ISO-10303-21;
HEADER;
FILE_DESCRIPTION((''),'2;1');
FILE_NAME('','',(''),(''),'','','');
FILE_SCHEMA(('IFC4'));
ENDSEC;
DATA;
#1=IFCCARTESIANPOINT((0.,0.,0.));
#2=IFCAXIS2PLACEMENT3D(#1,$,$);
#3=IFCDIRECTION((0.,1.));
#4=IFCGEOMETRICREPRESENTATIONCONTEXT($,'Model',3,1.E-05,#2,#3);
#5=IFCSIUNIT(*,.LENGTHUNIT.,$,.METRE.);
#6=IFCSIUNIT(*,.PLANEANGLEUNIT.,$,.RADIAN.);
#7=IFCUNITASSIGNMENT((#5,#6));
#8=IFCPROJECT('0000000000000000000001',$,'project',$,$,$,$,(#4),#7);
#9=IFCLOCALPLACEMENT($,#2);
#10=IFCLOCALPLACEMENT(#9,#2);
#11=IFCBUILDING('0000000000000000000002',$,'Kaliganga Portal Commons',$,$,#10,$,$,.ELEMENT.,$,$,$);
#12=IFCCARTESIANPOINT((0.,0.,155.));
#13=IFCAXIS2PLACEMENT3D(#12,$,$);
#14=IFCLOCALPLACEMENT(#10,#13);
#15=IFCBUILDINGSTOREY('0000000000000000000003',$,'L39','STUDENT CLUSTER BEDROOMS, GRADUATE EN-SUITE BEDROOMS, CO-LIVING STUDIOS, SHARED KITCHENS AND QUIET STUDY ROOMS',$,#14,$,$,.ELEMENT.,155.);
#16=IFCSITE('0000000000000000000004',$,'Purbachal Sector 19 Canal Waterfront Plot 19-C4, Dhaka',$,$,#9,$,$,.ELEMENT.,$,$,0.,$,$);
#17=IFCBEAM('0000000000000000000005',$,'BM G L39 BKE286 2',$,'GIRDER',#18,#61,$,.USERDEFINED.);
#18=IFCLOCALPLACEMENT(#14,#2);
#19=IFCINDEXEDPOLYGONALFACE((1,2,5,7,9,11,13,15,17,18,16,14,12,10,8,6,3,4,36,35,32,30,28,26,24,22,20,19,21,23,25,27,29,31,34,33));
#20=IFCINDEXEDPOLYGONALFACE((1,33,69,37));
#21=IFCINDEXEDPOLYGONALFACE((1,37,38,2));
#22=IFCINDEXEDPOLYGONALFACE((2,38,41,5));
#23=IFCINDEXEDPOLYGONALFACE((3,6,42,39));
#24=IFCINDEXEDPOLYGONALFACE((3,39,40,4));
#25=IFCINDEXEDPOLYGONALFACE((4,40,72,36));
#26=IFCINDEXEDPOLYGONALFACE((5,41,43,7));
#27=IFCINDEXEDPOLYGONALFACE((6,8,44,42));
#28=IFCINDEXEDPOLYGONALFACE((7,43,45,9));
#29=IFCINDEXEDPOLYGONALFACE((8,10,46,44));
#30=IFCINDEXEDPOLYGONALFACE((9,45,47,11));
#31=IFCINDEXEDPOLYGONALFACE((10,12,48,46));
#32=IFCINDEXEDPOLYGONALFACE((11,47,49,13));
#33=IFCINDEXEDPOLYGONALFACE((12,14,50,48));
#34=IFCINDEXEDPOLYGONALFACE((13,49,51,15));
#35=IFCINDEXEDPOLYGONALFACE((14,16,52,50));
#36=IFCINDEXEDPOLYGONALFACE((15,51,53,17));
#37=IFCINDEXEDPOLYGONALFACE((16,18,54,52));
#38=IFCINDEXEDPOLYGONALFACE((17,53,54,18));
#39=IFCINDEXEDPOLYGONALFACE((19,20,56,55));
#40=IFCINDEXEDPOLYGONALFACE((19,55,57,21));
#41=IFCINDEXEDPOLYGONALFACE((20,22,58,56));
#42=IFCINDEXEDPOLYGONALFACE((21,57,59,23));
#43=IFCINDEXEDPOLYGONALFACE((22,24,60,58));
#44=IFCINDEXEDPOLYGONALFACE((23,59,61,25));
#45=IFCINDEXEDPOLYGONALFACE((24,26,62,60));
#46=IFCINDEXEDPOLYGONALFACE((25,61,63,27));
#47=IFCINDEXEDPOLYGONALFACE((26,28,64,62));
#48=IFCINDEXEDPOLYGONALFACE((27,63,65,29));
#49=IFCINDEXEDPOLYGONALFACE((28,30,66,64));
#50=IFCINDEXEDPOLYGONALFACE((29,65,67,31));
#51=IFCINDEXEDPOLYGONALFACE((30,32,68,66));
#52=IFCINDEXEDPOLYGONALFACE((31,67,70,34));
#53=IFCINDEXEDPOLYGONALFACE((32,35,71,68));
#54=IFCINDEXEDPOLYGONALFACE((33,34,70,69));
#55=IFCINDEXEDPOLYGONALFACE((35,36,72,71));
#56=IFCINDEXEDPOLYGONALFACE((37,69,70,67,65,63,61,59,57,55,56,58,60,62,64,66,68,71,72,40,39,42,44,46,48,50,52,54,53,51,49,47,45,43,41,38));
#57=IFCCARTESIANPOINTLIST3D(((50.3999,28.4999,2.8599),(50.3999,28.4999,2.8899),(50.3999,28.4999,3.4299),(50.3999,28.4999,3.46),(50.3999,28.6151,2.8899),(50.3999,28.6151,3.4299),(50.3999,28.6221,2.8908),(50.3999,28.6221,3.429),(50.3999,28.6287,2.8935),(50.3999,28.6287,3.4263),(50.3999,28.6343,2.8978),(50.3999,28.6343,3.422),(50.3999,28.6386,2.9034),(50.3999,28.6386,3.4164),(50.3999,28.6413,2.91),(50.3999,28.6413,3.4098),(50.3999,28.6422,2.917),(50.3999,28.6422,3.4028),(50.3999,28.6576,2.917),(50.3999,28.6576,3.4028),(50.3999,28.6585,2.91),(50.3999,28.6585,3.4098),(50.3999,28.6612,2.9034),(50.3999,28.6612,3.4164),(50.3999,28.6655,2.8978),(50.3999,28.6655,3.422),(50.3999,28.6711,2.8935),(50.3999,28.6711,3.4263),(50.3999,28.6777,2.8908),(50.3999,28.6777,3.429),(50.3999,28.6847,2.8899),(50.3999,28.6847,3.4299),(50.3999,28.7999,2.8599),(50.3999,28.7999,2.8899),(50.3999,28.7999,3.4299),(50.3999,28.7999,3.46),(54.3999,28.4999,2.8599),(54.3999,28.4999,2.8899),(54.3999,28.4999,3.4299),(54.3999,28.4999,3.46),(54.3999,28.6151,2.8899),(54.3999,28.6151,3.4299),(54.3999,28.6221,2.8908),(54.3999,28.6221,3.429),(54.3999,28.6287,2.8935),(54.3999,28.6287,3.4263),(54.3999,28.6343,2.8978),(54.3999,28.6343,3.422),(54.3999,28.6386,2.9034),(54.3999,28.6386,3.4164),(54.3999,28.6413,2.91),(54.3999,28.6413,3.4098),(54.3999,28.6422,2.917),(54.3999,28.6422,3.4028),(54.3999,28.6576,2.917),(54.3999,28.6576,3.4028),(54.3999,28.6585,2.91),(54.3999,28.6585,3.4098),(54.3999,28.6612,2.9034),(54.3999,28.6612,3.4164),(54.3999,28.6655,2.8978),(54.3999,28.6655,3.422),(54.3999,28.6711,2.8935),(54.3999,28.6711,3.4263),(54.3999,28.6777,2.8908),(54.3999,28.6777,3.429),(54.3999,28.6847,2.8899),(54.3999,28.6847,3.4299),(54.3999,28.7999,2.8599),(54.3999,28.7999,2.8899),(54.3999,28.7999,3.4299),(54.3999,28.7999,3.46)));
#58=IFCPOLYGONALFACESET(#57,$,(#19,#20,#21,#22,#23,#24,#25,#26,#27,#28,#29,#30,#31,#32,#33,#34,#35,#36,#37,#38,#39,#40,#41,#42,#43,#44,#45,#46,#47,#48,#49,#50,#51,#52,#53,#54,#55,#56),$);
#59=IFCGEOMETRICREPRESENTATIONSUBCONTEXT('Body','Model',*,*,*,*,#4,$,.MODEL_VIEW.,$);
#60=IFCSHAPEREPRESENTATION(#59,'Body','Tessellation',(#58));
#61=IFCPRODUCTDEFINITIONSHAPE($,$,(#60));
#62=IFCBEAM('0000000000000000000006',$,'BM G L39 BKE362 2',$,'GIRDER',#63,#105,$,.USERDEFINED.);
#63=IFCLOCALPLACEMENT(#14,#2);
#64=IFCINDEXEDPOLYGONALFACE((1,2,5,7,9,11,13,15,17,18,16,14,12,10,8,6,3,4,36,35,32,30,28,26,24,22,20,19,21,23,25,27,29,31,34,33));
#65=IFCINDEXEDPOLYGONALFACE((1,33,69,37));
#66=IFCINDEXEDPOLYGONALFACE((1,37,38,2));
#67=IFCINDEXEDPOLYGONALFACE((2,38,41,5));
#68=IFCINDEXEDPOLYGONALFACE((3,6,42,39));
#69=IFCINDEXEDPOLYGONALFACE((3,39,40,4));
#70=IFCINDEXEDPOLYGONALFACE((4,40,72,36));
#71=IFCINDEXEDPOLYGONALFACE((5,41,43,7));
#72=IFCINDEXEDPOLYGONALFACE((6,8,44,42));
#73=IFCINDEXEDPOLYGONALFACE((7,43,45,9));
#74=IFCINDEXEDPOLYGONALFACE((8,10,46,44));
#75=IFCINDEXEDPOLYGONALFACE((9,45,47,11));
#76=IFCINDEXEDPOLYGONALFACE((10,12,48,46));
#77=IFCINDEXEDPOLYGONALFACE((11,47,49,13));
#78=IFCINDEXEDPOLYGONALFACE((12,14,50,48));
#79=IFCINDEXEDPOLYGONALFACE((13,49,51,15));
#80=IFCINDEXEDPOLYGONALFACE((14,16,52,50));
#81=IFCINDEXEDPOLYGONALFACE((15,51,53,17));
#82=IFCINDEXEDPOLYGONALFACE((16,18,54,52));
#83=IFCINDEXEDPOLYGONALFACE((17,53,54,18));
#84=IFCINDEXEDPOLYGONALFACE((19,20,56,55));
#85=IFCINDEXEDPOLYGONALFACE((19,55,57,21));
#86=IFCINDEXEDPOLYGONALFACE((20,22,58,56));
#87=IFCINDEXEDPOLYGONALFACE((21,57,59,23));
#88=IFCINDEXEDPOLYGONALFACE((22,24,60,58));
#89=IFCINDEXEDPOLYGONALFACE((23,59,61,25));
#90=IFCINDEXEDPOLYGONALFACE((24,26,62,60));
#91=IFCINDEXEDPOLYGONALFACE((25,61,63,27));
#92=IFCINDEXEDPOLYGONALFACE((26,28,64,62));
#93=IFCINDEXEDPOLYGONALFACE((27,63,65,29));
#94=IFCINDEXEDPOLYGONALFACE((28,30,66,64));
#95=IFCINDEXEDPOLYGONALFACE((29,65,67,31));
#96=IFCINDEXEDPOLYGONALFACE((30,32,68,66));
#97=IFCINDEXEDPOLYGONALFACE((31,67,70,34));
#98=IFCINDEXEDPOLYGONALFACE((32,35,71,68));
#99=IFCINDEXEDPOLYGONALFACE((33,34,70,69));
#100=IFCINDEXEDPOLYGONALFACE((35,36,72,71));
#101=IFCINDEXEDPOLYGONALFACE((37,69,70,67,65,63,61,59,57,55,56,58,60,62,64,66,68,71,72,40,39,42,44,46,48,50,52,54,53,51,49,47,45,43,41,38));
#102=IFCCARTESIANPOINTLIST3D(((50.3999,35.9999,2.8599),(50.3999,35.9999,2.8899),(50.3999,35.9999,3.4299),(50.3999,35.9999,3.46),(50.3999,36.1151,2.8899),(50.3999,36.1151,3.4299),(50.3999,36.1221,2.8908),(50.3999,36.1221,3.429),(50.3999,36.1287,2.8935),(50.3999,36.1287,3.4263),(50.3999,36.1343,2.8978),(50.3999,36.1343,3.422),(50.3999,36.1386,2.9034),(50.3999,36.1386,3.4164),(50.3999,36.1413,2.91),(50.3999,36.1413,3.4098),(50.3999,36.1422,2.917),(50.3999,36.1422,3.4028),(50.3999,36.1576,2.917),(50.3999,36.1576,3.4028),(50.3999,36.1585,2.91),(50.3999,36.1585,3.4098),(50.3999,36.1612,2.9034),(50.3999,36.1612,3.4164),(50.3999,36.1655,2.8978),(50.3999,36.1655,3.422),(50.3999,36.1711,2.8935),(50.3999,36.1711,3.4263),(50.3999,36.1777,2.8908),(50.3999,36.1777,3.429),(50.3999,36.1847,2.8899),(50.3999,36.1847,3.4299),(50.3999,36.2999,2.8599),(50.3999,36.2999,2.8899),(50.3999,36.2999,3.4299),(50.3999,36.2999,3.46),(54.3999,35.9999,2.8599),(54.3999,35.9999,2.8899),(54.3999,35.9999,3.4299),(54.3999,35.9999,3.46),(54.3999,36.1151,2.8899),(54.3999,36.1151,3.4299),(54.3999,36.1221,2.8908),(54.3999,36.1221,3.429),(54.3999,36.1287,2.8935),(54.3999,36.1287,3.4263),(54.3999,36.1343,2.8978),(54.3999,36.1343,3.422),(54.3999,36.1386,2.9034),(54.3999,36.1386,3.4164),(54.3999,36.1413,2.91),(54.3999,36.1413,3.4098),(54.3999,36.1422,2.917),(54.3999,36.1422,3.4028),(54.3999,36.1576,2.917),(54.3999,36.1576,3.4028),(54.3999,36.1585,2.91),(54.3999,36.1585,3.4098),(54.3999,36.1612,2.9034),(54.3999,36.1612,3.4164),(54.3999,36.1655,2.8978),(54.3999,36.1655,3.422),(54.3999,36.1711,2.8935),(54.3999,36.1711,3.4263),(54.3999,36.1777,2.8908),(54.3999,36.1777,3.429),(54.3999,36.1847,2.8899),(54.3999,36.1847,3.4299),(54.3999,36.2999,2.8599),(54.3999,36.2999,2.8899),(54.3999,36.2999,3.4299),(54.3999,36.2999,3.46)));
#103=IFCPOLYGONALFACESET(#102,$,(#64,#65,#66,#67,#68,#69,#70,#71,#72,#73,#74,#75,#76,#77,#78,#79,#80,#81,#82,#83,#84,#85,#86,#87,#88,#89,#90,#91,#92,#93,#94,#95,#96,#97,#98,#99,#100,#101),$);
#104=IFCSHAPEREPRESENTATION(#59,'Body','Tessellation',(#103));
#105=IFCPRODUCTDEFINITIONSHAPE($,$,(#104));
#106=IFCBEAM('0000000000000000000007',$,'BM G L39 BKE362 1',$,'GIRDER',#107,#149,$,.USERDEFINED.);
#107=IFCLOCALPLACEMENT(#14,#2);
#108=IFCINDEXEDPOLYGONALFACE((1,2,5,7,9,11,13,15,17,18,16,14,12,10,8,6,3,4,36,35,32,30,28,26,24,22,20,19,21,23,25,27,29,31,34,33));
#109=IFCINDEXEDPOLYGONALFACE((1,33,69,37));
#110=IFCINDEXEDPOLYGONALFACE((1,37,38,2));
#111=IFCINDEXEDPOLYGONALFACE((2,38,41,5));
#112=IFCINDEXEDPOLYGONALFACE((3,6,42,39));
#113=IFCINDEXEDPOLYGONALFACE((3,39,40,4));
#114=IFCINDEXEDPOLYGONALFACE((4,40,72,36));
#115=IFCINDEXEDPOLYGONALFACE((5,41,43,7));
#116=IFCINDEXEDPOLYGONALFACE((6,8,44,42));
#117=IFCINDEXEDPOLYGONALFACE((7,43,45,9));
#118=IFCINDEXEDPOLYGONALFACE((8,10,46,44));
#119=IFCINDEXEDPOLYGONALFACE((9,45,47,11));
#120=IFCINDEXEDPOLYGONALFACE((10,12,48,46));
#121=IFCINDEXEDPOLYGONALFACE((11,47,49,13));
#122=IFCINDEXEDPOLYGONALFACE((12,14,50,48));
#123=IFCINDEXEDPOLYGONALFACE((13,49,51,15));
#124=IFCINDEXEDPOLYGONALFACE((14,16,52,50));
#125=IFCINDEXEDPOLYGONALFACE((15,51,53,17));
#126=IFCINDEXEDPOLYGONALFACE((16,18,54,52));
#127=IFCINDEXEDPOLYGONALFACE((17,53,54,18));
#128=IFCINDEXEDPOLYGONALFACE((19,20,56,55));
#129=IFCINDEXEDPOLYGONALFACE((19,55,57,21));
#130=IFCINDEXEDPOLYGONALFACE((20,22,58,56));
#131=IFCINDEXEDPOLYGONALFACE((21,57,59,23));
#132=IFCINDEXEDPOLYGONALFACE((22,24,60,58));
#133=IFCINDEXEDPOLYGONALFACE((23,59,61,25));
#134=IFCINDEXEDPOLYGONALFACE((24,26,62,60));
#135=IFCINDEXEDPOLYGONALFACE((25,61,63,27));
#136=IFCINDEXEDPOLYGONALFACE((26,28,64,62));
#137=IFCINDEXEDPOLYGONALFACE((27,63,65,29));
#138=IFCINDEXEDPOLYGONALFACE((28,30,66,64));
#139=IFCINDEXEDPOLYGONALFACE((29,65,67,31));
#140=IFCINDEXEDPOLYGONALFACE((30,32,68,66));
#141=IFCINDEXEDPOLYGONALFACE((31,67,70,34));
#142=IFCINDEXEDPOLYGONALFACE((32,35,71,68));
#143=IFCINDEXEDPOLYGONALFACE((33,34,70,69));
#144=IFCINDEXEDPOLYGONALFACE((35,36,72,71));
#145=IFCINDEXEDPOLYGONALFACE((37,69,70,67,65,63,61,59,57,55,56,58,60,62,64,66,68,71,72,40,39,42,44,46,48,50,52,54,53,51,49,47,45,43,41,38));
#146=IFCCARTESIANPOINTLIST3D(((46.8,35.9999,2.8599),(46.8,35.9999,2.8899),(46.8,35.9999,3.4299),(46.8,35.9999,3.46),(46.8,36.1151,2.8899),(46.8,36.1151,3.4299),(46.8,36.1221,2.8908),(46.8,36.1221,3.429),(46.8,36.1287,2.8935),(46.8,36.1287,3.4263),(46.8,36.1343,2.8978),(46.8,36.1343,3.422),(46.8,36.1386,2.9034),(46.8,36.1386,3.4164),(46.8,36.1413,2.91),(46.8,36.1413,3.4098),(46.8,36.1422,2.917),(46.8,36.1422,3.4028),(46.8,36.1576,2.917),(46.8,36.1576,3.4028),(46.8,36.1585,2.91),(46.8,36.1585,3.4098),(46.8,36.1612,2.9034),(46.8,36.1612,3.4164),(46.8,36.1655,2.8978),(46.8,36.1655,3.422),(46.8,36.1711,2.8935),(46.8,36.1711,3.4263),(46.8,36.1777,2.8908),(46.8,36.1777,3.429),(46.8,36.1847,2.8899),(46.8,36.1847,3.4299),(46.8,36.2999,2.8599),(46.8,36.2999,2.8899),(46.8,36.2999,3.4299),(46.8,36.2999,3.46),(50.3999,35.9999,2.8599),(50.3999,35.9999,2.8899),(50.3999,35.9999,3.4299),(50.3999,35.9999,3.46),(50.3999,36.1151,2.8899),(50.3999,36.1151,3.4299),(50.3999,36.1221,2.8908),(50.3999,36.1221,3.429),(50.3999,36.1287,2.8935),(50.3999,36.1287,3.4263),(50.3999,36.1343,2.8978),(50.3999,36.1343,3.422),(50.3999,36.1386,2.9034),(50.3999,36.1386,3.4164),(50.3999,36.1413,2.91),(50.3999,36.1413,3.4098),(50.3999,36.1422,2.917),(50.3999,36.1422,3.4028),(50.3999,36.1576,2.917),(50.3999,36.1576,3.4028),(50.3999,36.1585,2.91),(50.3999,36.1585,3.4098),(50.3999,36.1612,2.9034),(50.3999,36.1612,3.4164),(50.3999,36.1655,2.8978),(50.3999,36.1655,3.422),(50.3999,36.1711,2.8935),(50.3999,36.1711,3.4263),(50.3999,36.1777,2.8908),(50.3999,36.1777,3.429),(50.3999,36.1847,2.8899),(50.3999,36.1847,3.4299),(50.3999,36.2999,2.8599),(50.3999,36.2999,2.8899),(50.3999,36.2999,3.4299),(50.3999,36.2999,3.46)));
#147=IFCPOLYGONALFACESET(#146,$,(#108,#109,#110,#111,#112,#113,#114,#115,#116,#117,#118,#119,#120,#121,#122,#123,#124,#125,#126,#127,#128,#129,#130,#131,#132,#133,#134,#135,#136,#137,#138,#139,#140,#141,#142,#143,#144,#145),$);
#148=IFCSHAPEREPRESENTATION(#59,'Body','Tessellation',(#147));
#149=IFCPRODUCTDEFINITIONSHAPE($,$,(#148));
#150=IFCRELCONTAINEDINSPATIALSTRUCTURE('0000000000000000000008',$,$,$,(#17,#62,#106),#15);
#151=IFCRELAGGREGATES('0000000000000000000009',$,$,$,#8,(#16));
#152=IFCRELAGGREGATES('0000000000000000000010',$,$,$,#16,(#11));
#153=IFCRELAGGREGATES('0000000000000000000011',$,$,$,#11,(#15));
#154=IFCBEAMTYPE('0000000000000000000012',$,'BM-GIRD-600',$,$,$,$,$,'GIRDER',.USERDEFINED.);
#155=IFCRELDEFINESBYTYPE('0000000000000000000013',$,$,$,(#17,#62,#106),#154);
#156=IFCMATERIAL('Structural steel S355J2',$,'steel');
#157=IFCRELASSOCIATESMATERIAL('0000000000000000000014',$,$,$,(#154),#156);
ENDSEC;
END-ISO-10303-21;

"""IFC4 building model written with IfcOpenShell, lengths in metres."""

from ifc_helpers import new_model, si_unit, direction, frame, origin, origin_2d, place, context, subcontext, project, spatial, i_section, extrude, source, transform, mapped, material, material_profile, profile_set, type_object, element, save


model = new_model("IFC4")

# Units and contexts
model_context = context("Model", 3, precision=1e-05, world=origin(), true_north=direction((0.0, 1.0)))
body_context = subcontext(model_context, "Body", "Model", "MODEL_VIEW")
ifc_project = project(units=[si_unit("LENGTHUNIT", "METRE"), si_unit("PLANEANGLEUNIT", "RADIAN")], contexts=[model_context])

# Site, building, storey
site_placement = place(None, origin())
site = spatial("IfcSite", under=ifc_project, at=site_placement, Name="Purbachal Sector 19 Canal Waterfront Plot 19-C4, Dhaka", CompositionType="ELEMENT", RefElevation=0.0)
building_placement = place(site_placement, origin())
building = spatial("IfcBuilding", under=site, at=building_placement, Name="Kaliganga Portal Commons", CompositionType="ELEMENT")
storey_placement = place(building_placement, frame((0.0, 0.0, 155.0)))
storey = spatial("IfcBuildingStorey", under=building, at=storey_placement, Name="L39", Description="STUDENT CLUSTER BEDROOMS, GRADUATE EN-SUITE BEDROOMS, CO-LIVING STUDIOS, SHARED KITCHENS AND QUIET STUDY ROOMS", CompositionType="ELEMENT", Elevation=155.0)

# Beams
ifc_material_1 = material(Name="Structural steel S355J2", Category="steel")
ifc_material_profile_1 = material_profile(ifc_material_1, i_section(OverallWidth=0.3, OverallDepth=0.6001, WebThickness=0.0154, FlangeThickness=0.03, FilletRadius=0.0271, at=origin_2d()), Name="HE 600 B")
ifc_profile_set_1 = profile_set([ifc_material_profile_1], Name="Structural steel S355J2 wide-flange")
beam_type_1 = type_object("IfcBeamType", Name="BM-GIRD-600", ElementType="GIRDER", PredefinedType="USERDEFINED", material=ifc_profile_set_1)
shared_shape_1 = source(origin(), body_context, "Body", "SweptSolid", [
    extrude(i_section(OverallWidth=0.3, OverallDepth=0.6001, WebThickness=0.0154, FlangeThickness=0.03, FilletRadius=0.0271, at=origin_2d()), origin(), (0.0, 0.0, 1.0), 4.0),
])
for number, where, z_axis, x_axis, name in (
    (1, (50.3999, 28.6499, 3.1599), (1.0, 0.0, 0.0), (0.0, 1.0, 0.0), "BM G L39 BKE286 2"),
    (2, (50.3999, 36.1499, 3.1599), (1.0, 0.0, 0.0), (0.0, 1.0, 0.0), "BM G L39 BKE362 2"),
):
    element("IfcBeam", number, at=place(storey_placement, frame(where, z_axis=z_axis, x_axis=x_axis)), inside=storey, type_object=beam_type_1, Name=name, ObjectType="GIRDER", PredefinedType="USERDEFINED", context=body_context, shape_type="MappedRepresentation", body=[
        mapped(shared_shape_1, transform((0.0, 0.0, 0.0), x_axis=(1.0, 0.0, 0.0), y_axis=(0.0, 1.0, 0.0), z_axis=(0.0, 0.0, 1.0), scale=1.0)),
    ])
shared_shape_2 = source(origin(), body_context, "Body", "SweptSolid", [
    extrude(i_section(OverallWidth=0.3, OverallDepth=0.6001, WebThickness=0.0154, FlangeThickness=0.03, FilletRadius=0.0271, at=origin_2d()), origin(), (0.0, 0.0, 1.0), 3.5999),
])
beam_1_placement = place(storey_placement, frame((46.8, 36.1499, 3.1599), z_axis=(1.0, 0.0, 0.0), x_axis=(0.0, 1.0, 0.0)))
element("IfcBeam", 3, at=beam_1_placement, inside=storey, type_object=beam_type_1, Name="BM G L39 BKE362 1", ObjectType="GIRDER", PredefinedType="USERDEFINED", context=body_context, shape_type="MappedRepresentation", body=[
    mapped(shared_shape_2, transform((0.0, 0.0, 0.0), x_axis=(1.0, 0.0, 0.0), y_axis=(0.0, 1.0, 0.0), z_axis=(0.0, 0.0, 1.0), scale=1.0)),
])

save(model, "model.ifc")
